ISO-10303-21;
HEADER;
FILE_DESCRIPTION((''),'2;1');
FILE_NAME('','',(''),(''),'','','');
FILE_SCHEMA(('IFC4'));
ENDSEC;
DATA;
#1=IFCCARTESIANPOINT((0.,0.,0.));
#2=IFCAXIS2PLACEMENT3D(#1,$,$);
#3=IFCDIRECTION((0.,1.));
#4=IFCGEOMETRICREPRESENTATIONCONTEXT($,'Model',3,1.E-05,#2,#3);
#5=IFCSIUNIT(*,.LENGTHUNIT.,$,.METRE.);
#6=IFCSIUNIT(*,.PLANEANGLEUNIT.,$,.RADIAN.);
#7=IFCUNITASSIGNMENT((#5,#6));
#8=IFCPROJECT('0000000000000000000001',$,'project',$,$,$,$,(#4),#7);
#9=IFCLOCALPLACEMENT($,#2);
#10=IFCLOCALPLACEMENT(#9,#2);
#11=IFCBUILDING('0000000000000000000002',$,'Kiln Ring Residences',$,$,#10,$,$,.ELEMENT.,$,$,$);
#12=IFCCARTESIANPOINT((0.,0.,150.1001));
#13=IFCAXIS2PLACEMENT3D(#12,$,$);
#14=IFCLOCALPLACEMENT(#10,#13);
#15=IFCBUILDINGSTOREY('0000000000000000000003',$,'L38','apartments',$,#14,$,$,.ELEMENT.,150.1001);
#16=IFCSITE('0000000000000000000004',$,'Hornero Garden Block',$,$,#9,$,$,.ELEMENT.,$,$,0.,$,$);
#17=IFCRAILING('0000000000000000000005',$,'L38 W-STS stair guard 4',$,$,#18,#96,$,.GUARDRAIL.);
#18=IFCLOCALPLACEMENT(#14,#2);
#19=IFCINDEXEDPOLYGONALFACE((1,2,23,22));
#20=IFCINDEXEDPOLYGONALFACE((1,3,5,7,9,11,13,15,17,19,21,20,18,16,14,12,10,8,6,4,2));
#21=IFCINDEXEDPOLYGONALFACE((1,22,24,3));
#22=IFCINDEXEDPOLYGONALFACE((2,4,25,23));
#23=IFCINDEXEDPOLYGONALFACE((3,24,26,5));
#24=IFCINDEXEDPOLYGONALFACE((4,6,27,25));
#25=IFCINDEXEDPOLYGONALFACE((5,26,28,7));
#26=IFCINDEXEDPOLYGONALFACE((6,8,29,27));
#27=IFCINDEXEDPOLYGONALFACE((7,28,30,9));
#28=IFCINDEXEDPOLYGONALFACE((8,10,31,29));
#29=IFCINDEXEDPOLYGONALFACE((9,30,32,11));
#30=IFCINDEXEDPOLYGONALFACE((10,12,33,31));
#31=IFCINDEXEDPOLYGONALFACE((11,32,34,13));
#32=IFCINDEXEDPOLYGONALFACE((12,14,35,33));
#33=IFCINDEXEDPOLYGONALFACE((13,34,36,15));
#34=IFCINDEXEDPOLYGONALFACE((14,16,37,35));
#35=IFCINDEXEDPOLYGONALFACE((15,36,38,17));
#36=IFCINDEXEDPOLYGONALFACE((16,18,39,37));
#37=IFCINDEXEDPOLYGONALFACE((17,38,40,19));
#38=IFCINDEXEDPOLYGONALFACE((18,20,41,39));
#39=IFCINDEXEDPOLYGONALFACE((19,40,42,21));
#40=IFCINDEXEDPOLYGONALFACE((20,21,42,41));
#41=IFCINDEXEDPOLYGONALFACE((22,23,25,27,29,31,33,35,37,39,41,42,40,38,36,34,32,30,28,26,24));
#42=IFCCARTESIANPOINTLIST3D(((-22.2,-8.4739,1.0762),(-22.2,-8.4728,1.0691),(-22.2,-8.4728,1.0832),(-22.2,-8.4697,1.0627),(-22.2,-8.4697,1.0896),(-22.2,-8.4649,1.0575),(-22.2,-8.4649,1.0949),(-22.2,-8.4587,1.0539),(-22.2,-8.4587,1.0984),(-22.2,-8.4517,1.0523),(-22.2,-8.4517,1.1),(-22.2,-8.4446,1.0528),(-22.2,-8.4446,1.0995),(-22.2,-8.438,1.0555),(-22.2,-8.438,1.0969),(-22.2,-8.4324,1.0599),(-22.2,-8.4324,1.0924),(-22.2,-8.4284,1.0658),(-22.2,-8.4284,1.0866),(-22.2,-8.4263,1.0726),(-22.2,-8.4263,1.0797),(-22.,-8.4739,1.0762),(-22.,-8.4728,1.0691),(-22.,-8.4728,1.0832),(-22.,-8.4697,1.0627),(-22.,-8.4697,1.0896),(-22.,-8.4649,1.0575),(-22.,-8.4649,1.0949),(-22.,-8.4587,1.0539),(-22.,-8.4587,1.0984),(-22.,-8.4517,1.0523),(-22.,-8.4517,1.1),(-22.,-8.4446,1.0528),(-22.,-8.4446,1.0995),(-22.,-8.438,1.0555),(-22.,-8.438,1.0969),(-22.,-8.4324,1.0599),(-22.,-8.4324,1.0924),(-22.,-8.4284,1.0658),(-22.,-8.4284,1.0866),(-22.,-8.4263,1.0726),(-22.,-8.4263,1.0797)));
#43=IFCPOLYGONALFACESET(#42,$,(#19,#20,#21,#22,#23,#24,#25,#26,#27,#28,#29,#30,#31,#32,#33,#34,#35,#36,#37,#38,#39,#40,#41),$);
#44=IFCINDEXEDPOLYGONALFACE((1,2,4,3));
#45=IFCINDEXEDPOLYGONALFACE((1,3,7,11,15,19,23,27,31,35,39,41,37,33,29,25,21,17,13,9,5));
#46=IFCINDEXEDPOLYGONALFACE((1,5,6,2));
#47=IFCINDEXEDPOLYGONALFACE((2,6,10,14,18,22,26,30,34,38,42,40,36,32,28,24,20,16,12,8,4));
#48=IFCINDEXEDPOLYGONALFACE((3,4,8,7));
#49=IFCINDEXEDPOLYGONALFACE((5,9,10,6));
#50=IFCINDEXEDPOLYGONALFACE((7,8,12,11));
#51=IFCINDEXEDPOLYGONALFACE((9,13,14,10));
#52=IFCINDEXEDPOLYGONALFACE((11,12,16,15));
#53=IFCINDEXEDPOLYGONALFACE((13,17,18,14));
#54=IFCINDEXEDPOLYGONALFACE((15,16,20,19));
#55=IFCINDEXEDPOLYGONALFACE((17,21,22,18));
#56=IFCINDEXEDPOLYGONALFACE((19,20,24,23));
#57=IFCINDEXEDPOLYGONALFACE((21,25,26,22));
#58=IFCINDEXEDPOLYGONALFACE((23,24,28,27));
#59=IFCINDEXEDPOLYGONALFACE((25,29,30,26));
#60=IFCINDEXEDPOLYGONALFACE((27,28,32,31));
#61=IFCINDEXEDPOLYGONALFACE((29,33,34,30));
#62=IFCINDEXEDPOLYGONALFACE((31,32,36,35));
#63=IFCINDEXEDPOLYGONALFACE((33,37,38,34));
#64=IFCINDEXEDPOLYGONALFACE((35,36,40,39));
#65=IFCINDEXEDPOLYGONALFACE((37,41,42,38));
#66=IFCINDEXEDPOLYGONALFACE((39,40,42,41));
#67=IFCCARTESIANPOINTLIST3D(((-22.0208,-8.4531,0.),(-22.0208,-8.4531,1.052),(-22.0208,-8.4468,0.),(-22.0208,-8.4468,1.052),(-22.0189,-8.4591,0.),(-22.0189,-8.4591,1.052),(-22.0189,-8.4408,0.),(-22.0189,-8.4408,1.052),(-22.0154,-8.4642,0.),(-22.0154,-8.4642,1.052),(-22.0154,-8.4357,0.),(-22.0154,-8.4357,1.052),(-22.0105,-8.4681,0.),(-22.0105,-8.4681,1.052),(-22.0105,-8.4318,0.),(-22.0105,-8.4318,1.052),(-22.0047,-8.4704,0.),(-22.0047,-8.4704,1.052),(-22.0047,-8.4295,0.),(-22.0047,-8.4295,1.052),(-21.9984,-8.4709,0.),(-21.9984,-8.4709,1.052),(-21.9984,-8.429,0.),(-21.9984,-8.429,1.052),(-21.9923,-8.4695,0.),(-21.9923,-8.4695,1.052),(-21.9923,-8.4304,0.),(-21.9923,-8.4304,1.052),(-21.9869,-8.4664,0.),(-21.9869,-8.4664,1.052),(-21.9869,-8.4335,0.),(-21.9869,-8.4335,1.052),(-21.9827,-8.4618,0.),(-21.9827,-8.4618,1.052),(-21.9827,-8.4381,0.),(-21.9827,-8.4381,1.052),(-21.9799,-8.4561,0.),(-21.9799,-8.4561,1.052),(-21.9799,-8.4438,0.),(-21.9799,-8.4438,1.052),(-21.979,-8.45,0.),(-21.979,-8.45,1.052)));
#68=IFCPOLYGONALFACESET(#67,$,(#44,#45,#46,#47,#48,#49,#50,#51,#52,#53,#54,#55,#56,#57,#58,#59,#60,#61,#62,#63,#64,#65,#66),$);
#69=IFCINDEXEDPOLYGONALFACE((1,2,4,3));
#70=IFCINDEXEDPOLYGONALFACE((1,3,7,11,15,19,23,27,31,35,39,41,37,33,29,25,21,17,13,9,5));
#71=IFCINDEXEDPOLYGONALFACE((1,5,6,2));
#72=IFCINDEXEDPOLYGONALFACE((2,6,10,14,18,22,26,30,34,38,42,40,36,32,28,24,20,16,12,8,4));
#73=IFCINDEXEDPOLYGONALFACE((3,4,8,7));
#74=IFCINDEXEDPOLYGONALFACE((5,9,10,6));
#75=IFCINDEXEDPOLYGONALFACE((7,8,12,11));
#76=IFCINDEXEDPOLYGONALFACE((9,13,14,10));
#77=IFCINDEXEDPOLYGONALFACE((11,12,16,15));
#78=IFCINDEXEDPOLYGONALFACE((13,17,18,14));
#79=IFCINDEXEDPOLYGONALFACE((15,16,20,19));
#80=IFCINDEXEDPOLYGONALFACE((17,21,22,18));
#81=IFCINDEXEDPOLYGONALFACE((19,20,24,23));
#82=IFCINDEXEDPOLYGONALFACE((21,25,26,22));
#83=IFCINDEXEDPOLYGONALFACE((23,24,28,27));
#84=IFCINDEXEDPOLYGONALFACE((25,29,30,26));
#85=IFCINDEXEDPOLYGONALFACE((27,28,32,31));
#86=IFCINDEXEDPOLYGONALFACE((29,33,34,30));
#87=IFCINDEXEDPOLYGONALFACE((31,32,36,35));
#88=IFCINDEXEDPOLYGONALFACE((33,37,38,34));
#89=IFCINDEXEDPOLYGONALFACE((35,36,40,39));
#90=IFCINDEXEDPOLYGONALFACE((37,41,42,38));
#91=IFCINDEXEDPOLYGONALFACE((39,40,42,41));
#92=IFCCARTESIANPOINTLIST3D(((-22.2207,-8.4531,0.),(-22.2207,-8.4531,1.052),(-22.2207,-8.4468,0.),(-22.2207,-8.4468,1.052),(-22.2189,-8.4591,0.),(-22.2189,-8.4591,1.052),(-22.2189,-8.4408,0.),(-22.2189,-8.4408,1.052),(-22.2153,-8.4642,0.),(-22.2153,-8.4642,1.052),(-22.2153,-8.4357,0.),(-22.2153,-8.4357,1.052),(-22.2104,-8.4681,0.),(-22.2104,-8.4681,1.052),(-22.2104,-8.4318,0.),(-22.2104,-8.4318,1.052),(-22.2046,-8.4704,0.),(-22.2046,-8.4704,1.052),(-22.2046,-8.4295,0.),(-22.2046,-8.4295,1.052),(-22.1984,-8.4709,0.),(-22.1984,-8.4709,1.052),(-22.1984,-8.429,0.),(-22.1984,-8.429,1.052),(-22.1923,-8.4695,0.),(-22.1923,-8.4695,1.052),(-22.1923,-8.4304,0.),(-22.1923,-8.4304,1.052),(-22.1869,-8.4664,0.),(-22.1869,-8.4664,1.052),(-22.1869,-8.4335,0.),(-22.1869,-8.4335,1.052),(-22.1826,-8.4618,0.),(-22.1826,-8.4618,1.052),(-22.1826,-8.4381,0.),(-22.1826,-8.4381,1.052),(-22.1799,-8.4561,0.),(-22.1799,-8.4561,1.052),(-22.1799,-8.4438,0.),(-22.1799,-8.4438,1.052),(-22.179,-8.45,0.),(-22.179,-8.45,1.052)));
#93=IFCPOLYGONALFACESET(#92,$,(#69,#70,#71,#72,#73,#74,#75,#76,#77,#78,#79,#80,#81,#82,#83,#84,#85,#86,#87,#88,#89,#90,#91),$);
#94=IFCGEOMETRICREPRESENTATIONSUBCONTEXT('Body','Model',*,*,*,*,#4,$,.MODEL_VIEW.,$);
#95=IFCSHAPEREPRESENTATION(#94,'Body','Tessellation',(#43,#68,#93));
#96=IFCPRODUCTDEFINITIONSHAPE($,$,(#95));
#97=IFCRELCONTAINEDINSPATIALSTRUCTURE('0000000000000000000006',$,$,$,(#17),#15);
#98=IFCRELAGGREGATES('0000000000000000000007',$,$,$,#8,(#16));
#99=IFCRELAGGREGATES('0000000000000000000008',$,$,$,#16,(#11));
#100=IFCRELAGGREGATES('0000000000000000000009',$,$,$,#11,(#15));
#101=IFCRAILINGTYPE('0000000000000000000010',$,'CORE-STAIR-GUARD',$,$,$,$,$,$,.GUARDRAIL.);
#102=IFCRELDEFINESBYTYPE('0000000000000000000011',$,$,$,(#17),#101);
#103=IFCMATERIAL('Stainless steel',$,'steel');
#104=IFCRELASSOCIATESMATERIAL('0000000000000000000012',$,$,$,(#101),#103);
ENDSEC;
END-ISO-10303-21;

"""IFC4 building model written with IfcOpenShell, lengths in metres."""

from ifc_helpers import new_model, si_unit, direction, frame, origin, origin_2d, place, context, subcontext, project, spatial, circle, extrude, material, type_object, element, save


model = new_model("IFC4")

# Units and contexts
model_context = context("Model", 3, precision=1e-05, world=origin(), true_north=direction((0.0, 1.0)))
body_context = subcontext(model_context, "Body", "Model", "MODEL_VIEW")
ifc_project = project(units=[si_unit("LENGTHUNIT", "METRE"), si_unit("PLANEANGLEUNIT", "RADIAN")], contexts=[model_context])

# Site, building, storey
site_placement = place(None, origin())
site = spatial("IfcSite", under=ifc_project, at=site_placement, Name="Hornero Garden Block", CompositionType="ELEMENT", RefElevation=0.0)
building_placement = place(site_placement, origin())
building = spatial("IfcBuilding", under=site, at=building_placement, Name="Kiln Ring Residences", CompositionType="ELEMENT")
storey_placement = place(building_placement, frame((0.0, 0.0, 150.1001)))
storey = spatial("IfcBuildingStorey", under=building, at=storey_placement, Name="L38", Description="apartments", CompositionType="ELEMENT", Elevation=150.1001)

# Railing
ifc_material_1 = material(Name="Stainless steel", Category="steel")
railing_type_1 = type_object("IfcRailingType", Name="CORE-STAIR-GUARD", PredefinedType="GUARDRAIL", material=ifc_material_1)
railing_1_placement = place(storey_placement, frame((-22.0, -8.45, 0.0)))
element("IfcRailing", 1, at=railing_1_placement, inside=storey, type_object=railing_type_1, Name="L38 W-STS stair guard 4", PredefinedType="GUARDRAIL", context=body_context, shape_type="SweptSolid", body=[
    extrude(circle(Radius=0.0239, at=origin_2d()), frame((0.0, 0.0, 1.0762), z_axis=(-1.0, 0.0, 0.0), x_axis=(0.0, -1.0, 0.0)), (0.0, 0.0, 1.0), 0.2),
    extrude(circle(Radius=0.021, at=origin_2d()), origin(), (0.0, 0.0, 1.0), 1.052),
    extrude(circle(Radius=0.021, at=origin_2d()), frame((-0.2, 0.0, 0.0)), (0.0, 0.0, 1.0), 1.052),
])

save(model, "model.ifc")
